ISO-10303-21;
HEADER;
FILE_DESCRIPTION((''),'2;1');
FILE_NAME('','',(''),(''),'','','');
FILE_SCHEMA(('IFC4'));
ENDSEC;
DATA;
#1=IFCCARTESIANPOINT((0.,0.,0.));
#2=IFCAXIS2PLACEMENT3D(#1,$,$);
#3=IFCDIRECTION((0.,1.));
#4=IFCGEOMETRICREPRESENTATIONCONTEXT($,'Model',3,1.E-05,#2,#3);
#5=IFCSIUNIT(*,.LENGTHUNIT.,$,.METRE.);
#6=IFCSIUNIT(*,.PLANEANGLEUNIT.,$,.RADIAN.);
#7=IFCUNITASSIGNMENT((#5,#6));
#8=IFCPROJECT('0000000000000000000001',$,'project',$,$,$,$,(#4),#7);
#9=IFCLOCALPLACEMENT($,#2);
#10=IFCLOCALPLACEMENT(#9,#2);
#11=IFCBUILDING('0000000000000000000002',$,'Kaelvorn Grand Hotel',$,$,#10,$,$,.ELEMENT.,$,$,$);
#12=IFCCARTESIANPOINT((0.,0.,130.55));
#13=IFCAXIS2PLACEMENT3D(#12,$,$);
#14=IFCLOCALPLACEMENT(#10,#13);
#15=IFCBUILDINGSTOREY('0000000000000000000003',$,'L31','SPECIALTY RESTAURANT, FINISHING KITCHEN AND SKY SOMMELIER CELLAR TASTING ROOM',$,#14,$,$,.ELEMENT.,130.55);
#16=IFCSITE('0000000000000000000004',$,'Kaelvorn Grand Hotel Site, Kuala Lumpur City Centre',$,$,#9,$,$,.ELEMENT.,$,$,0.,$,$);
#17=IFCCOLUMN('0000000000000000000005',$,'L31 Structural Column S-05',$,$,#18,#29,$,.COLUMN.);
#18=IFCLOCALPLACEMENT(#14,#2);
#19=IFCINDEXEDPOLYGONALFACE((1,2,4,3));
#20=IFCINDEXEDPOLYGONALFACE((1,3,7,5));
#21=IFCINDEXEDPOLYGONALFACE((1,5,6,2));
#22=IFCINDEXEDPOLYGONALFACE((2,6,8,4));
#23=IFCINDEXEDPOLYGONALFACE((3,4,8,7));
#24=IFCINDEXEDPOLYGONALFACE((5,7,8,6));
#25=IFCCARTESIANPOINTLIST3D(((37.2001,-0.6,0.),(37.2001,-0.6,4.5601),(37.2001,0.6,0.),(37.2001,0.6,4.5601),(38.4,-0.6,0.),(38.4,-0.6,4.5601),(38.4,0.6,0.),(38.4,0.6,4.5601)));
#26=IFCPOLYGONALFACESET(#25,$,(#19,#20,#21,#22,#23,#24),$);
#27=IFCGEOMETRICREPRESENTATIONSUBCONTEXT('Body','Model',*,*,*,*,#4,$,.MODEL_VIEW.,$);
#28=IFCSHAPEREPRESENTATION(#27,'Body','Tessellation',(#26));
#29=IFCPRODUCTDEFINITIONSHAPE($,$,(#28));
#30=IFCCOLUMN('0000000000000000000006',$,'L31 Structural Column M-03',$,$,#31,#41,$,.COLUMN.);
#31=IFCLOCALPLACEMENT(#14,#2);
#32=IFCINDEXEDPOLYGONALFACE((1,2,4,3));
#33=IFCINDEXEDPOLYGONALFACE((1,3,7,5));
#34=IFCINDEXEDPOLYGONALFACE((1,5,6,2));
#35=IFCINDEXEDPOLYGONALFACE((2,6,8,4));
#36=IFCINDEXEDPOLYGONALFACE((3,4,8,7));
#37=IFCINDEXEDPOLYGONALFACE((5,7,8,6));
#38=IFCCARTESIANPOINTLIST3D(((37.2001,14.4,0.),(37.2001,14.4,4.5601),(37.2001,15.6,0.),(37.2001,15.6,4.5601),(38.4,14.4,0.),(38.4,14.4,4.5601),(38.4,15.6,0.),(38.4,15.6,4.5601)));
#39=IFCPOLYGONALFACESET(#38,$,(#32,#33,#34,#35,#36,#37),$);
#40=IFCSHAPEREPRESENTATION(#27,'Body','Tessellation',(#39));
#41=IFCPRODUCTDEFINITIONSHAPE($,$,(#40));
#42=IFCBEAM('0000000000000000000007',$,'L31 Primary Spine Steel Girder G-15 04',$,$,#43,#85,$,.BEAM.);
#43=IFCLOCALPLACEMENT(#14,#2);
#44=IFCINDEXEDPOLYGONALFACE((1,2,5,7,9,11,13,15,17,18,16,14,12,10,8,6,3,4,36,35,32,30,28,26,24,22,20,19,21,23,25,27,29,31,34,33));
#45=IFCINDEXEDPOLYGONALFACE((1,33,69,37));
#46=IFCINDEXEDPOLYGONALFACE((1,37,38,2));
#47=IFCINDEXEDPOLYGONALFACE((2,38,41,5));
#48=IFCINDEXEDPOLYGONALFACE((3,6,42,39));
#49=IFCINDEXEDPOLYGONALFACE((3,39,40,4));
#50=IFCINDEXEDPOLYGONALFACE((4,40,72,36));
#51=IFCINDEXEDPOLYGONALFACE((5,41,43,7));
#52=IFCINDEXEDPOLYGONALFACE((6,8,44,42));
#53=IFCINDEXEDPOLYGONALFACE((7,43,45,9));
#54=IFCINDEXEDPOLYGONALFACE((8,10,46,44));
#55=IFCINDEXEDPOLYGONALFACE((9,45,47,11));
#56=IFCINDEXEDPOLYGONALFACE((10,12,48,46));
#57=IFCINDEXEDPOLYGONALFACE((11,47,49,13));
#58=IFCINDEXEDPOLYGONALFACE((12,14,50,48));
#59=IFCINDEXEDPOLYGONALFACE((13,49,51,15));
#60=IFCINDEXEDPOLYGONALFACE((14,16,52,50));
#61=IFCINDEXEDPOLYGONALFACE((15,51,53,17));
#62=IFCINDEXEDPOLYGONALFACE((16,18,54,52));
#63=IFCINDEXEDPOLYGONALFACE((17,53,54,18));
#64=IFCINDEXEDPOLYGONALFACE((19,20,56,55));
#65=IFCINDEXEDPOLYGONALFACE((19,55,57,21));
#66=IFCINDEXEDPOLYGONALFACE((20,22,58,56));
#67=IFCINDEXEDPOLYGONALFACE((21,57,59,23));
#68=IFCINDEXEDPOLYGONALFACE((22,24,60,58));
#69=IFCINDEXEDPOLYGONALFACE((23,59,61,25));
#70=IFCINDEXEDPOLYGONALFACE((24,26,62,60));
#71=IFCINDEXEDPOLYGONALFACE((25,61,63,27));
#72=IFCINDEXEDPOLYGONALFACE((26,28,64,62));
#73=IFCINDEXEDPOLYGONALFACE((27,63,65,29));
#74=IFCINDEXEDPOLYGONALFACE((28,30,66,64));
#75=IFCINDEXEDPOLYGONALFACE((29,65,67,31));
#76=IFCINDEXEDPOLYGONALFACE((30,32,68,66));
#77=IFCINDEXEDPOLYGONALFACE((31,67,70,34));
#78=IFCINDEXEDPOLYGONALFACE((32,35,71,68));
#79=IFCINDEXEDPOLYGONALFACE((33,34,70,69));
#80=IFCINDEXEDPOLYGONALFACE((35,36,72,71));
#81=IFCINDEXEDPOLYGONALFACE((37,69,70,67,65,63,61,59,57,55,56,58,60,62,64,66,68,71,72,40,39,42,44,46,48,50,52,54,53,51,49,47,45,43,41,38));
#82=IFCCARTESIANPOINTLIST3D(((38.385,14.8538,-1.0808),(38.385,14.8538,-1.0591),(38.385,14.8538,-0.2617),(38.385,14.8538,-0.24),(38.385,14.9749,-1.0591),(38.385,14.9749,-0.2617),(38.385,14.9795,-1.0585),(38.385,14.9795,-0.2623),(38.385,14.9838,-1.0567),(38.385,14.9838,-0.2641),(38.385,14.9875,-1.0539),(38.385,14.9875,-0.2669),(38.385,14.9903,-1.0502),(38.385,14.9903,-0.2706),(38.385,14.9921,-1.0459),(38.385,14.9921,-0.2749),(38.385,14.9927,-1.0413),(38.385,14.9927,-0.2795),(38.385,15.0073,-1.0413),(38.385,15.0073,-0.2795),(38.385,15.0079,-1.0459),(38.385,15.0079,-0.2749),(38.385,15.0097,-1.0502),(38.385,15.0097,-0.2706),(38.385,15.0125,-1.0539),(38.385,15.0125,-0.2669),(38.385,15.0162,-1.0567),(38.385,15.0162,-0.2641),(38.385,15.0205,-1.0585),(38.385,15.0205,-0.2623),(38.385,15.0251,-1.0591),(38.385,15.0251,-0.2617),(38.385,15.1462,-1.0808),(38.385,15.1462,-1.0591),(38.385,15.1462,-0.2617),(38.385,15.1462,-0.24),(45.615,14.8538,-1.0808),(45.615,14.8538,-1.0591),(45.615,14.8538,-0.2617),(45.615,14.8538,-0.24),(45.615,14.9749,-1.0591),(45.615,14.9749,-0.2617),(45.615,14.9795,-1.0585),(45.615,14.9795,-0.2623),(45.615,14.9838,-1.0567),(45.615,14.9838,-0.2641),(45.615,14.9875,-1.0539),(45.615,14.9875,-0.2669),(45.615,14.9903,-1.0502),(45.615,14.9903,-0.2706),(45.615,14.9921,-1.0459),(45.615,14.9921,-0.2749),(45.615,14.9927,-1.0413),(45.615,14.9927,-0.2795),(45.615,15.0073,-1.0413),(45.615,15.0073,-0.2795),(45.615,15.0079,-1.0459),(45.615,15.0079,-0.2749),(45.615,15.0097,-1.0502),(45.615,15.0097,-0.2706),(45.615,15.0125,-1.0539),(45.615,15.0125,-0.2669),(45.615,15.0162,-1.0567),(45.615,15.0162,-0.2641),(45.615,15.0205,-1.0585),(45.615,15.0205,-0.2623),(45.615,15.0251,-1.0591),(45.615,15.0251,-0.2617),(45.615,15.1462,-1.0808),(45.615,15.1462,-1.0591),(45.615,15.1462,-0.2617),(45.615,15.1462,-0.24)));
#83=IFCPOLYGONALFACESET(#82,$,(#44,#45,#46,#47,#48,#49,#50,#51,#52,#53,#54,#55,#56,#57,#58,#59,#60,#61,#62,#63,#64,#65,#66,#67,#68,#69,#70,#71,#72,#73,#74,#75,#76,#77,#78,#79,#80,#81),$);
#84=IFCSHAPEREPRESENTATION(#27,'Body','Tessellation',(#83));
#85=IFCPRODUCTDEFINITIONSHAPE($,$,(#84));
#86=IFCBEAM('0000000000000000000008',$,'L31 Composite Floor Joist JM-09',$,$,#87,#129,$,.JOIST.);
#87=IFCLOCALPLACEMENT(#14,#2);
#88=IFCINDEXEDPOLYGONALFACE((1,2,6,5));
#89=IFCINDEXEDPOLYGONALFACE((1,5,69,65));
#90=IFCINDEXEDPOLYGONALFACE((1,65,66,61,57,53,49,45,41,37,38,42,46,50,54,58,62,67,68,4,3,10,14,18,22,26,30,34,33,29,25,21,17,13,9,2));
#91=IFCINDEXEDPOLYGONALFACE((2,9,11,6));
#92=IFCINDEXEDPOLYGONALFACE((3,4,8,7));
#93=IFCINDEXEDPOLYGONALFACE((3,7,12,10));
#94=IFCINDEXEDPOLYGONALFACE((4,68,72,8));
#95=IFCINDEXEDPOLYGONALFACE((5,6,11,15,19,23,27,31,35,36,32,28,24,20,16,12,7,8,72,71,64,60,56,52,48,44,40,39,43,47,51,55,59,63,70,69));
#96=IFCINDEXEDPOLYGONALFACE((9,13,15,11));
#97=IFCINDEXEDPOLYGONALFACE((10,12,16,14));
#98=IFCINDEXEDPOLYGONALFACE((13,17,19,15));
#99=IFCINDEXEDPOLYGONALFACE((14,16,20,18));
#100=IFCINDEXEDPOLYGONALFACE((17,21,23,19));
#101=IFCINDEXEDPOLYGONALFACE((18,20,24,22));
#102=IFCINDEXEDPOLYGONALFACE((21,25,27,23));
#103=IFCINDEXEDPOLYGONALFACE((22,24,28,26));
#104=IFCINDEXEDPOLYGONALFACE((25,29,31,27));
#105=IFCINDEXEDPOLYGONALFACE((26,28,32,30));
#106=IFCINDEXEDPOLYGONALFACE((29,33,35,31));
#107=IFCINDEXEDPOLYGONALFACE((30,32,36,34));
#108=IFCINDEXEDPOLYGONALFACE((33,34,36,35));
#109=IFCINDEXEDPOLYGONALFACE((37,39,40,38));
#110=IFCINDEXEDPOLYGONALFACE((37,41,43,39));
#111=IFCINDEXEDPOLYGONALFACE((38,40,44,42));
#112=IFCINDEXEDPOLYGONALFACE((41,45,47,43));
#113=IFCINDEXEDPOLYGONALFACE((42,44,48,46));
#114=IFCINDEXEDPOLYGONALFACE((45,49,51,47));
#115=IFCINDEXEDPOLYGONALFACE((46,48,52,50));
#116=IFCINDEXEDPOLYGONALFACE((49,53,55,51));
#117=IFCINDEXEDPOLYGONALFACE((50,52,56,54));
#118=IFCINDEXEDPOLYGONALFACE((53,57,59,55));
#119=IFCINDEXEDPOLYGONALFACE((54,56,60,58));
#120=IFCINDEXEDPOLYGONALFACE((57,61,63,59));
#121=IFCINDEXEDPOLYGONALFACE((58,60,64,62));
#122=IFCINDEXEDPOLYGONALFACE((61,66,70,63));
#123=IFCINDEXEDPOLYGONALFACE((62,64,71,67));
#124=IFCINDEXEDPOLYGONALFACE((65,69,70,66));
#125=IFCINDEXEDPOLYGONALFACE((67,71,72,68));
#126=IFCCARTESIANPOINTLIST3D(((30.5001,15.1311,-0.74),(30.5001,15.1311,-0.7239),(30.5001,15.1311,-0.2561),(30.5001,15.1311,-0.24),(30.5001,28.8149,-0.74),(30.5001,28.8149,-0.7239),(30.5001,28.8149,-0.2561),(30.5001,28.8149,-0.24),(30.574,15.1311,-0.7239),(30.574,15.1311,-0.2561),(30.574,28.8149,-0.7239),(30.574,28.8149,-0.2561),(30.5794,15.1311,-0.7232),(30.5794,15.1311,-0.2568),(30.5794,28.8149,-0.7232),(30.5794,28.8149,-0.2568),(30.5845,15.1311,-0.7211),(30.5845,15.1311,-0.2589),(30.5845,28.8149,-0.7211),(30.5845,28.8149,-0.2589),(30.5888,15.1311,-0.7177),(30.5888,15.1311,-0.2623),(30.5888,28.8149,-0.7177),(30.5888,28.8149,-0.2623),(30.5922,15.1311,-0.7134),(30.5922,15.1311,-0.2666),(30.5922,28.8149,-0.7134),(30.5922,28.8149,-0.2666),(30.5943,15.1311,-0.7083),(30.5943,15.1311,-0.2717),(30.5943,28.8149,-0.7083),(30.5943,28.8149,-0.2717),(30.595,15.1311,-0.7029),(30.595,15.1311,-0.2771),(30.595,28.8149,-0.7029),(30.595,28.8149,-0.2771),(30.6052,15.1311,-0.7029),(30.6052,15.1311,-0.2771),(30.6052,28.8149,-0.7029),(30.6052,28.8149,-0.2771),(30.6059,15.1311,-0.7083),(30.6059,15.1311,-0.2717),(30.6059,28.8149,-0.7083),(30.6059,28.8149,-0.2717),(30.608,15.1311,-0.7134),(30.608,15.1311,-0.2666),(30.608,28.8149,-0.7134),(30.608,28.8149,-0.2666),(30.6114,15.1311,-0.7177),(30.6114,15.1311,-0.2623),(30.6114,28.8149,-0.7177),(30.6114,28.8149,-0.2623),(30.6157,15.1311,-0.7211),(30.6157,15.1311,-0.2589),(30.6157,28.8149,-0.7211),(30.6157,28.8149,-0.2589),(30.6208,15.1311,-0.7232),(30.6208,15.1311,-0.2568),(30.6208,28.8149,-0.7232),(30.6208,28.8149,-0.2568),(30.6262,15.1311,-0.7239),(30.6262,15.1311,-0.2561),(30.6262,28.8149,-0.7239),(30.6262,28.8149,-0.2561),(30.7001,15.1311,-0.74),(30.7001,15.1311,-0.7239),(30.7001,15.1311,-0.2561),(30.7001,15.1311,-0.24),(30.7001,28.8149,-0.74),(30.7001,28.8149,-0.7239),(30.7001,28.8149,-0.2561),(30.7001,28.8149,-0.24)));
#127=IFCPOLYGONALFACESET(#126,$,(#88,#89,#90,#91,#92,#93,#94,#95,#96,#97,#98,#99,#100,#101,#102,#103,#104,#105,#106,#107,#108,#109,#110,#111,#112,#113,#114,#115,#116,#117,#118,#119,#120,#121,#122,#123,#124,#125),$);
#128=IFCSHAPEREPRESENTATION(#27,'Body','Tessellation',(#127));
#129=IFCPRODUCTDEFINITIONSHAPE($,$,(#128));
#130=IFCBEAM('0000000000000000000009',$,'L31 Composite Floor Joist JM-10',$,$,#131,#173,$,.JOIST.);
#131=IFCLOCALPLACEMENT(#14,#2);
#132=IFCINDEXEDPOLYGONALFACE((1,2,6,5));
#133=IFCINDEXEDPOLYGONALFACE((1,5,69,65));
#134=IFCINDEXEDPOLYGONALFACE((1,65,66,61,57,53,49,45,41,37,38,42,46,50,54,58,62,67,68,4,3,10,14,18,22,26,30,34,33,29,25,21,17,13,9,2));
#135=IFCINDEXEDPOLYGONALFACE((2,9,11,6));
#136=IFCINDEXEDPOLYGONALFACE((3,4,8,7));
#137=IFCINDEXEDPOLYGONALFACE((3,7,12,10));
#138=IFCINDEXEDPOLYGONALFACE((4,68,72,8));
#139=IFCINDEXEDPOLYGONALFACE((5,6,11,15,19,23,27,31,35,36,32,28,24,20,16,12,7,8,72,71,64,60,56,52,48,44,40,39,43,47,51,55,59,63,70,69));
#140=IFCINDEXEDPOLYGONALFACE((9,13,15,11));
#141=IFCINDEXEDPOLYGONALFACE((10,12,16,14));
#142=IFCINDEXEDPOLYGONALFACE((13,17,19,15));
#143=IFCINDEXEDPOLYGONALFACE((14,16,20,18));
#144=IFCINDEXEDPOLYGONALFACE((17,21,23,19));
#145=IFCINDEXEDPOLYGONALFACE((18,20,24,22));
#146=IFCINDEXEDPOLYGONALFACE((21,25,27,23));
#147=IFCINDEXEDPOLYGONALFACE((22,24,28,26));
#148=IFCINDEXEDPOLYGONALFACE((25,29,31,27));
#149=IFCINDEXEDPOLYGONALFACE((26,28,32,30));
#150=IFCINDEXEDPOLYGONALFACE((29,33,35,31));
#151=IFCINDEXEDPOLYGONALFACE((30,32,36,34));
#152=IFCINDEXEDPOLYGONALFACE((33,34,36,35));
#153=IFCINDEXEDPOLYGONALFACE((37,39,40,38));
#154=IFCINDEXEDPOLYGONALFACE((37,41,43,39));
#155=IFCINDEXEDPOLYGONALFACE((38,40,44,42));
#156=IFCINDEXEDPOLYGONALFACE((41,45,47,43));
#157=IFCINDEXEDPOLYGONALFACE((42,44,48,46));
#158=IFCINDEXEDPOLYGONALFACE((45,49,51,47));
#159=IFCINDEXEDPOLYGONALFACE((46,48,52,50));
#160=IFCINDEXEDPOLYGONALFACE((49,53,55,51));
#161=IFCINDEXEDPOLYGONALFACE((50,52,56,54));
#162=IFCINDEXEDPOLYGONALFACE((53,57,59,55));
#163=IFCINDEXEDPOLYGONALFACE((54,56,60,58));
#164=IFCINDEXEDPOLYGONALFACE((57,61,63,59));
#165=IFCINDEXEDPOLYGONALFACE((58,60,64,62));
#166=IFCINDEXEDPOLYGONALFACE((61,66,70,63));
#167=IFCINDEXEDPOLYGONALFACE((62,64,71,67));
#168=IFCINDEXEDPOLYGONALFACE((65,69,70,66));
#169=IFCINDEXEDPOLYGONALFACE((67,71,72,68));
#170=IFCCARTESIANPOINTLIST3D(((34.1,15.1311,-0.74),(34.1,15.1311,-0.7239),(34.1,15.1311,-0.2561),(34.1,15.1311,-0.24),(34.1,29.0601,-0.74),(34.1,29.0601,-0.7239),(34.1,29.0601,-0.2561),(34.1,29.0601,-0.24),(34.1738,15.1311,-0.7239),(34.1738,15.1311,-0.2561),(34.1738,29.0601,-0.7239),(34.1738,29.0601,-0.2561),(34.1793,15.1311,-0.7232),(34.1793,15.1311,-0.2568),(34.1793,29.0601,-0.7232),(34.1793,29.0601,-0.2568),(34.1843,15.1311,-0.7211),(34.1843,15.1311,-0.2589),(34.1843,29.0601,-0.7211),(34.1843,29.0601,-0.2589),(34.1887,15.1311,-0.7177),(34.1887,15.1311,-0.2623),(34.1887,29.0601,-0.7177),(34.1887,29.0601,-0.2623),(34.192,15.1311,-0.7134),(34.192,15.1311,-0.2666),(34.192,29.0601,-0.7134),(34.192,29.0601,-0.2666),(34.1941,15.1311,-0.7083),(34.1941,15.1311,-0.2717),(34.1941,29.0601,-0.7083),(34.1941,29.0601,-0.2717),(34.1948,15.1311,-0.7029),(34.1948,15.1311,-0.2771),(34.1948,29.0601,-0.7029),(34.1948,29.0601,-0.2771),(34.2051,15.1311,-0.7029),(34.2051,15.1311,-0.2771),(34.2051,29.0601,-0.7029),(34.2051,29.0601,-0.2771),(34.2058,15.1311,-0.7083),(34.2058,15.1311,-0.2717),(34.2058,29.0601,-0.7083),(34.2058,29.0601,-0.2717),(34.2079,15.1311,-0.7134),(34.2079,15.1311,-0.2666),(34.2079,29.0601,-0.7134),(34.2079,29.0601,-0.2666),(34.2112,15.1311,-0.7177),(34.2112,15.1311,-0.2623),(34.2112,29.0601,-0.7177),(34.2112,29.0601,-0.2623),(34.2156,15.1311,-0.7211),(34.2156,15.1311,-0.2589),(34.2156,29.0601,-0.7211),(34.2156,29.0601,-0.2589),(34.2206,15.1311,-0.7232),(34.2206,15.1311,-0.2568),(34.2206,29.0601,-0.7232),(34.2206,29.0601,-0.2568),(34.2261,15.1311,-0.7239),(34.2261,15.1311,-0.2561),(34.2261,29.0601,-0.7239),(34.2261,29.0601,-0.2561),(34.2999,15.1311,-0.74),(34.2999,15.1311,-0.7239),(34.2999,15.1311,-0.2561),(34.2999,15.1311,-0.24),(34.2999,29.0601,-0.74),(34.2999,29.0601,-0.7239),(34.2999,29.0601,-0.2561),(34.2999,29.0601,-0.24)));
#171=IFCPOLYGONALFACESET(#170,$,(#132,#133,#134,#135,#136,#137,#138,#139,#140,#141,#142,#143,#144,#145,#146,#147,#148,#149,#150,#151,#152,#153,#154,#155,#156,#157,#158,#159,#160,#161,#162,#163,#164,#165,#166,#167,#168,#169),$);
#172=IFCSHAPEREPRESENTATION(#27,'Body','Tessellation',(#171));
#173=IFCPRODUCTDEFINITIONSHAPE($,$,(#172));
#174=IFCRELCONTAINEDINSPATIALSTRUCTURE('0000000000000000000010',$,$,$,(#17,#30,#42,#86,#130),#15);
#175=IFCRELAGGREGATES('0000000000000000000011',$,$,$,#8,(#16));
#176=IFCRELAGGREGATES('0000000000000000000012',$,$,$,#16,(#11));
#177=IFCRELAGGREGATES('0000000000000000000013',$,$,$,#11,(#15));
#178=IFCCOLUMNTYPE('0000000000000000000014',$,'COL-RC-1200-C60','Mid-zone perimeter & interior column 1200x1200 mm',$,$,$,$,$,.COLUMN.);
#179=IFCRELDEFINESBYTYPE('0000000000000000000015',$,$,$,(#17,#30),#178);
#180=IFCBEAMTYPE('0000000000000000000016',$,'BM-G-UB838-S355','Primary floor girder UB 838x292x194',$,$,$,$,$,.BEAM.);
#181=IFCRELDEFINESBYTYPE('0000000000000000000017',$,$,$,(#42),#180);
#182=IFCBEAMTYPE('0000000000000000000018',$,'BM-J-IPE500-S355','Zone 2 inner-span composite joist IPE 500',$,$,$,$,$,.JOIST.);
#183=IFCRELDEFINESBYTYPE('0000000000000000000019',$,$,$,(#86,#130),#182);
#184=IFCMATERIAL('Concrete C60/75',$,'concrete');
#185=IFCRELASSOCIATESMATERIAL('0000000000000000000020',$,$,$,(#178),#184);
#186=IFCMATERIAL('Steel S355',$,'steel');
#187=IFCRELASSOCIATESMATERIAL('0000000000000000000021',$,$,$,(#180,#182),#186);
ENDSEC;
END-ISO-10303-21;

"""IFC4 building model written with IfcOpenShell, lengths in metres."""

from ifc_helpers import new_model, si_unit, direction, frame, origin, origin_2d, place, context, subcontext, project, spatial, rectangle, i_section, extrude, material, material_profile, profile_set, type_object, element, save


model = new_model("IFC4")

# Units and contexts
model_context = context("Model", 3, precision=1e-05, world=origin(), true_north=direction((0.0, 1.0)))
body_context = subcontext(model_context, "Body", "Model", "MODEL_VIEW")
ifc_project = project(units=[si_unit("LENGTHUNIT", "METRE"), si_unit("PLANEANGLEUNIT", "RADIAN")], contexts=[model_context])

# Site, building, storey
site_placement = place(None, origin())
site = spatial("IfcSite", under=ifc_project, at=site_placement, Name="Kaelvorn Grand Hotel Site, Kuala Lumpur City Centre", CompositionType="ELEMENT", RefElevation=0.0)
building_placement = place(site_placement, origin())
building = spatial("IfcBuilding", under=site, at=building_placement, Name="Kaelvorn Grand Hotel", CompositionType="ELEMENT")
storey_placement = place(building_placement, frame((0.0, 0.0, 130.55)))
storey = spatial("IfcBuildingStorey", under=building, at=storey_placement, Name="L31", Description="SPECIALTY RESTAURANT, FINISHING KITCHEN AND SKY SOMMELIER CELLAR TASTING ROOM", CompositionType="ELEMENT", Elevation=130.55)

# Columns
ifc_material_1 = material(Name="Concrete C60/75", Category="concrete")
ifc_material_profile_1 = material_profile(ifc_material_1, rectangle(XDim=1.2, YDim=1.2, at=origin_2d()), Name="RC COL 1200x1200")
ifc_profile_set_1 = profile_set([ifc_material_profile_1], Name="Concrete C60/75")
column_type = type_object("IfcColumnType", Name="COL-RC-1200-C60", Description="Mid-zone perimeter & interior column 1200x1200 mm", PredefinedType="COLUMN", material=ifc_profile_set_1)
for number, where, z_axis, x_axis, name in (
    (1, (37.8, 0.0, 0.0), (0.0, 0.0, 1.0), (1.0, 0.0, 0.0), "L31 Structural Column S-05"),
    (2, (37.8, 15.0, 0.0), (0.0, 0.0, 1.0), (1.0, 0.0, 0.0), "L31 Structural Column M-03"),
):
    element("IfcColumn", number, at=place(storey_placement, frame(where, z_axis=z_axis, x_axis=x_axis)), inside=storey, type_object=column_type, Name=name, PredefinedType="COLUMN", context=body_context, shape_type="SweptSolid", body=[
        extrude(rectangle(XDim=1.2, YDim=1.2, at=origin_2d()), origin(), (0.0, 0.0, 1.0), 4.5601),
    ])

# Beams
ifc_material_2 = material(Name="Steel S355", Category="steel")
ifc_material_profile_2 = material_profile(ifc_material_2, i_section(OverallWidth=0.2925, OverallDepth=0.8408, WebThickness=0.0146, FlangeThickness=0.0217, FilletRadius=0.0178, at=origin_2d()), Name="UB 838x292x194")
ifc_profile_set_2 = profile_set([ifc_material_profile_2], Name="Steel S355")
beam_type_1 = type_object("IfcBeamType", Name="BM-G-UB838-S355", Description="Primary floor girder UB 838x292x194", PredefinedType="BEAM", material=ifc_profile_set_2)
beam_1_placement = place(storey_placement, frame((38.385, 15.0, -0.6604), z_axis=(1.0, 0.0, 0.0), x_axis=(0.0, 1.0, 0.0)))
element("IfcBeam", 3, at=beam_1_placement, inside=storey, type_object=beam_type_1, Name="L31 Primary Spine Steel Girder G-15 04", PredefinedType="BEAM", context=body_context, shape_type="SweptSolid", body=[
    extrude(i_section(OverallWidth=0.2925, OverallDepth=0.8408, WebThickness=0.0146, FlangeThickness=0.0217, FilletRadius=0.0178, at=origin_2d()), origin(), (0.0, 0.0, 1.0), 7.23),
])
ifc_material_profile_3 = material_profile(ifc_material_2, i_section(OverallWidth=0.2, OverallDepth=0.5, WebThickness=0.0103, FlangeThickness=0.0161, FilletRadius=0.021, at=origin_2d()), Name="IPE 500")
ifc_profile_set_3 = profile_set([ifc_material_profile_3], Name="Steel S355")
beam_type_2 = type_object("IfcBeamType", Name="BM-J-IPE500-S355", Description="Zone 2 inner-span composite joist IPE 500", PredefinedType="JOIST", material=ifc_profile_set_3)
beam_2_placement = place(storey_placement, frame((30.6001, 15.1311, -0.49), z_axis=(0.0, 1.0, 0.0), x_axis=(-1.0, 0.0, 0.0)))
element("IfcBeam", 4, at=beam_2_placement, inside=storey, type_object=beam_type_2, Name="L31 Composite Floor Joist JM-09", PredefinedType="JOIST", context=body_context, shape_type="SweptSolid", body=[
    extrude(i_section(OverallWidth=0.2, OverallDepth=0.5, WebThickness=0.0103, FlangeThickness=0.0161, FilletRadius=0.021, at=origin_2d()), origin(), (0.0, 0.0, 1.0), 13.6838),
])
beam_3_placement = place(storey_placement, frame((34.2, 15.1311, -0.49), z_axis=(0.0, 1.0, 0.0), x_axis=(-1.0, 0.0, 0.0)))
element("IfcBeam", 5, at=beam_3_placement, inside=storey, type_object=beam_type_2, Name="L31 Composite Floor Joist JM-10", PredefinedType="JOIST", context=body_context, shape_type="SweptSolid", body=[
    extrude(i_section(OverallWidth=0.2, OverallDepth=0.5, WebThickness=0.0103, FlangeThickness=0.0161, FilletRadius=0.021, at=origin_2d()), origin(), (0.0, 0.0, 1.0), 13.929),
])

save(model, "model.ifc")
